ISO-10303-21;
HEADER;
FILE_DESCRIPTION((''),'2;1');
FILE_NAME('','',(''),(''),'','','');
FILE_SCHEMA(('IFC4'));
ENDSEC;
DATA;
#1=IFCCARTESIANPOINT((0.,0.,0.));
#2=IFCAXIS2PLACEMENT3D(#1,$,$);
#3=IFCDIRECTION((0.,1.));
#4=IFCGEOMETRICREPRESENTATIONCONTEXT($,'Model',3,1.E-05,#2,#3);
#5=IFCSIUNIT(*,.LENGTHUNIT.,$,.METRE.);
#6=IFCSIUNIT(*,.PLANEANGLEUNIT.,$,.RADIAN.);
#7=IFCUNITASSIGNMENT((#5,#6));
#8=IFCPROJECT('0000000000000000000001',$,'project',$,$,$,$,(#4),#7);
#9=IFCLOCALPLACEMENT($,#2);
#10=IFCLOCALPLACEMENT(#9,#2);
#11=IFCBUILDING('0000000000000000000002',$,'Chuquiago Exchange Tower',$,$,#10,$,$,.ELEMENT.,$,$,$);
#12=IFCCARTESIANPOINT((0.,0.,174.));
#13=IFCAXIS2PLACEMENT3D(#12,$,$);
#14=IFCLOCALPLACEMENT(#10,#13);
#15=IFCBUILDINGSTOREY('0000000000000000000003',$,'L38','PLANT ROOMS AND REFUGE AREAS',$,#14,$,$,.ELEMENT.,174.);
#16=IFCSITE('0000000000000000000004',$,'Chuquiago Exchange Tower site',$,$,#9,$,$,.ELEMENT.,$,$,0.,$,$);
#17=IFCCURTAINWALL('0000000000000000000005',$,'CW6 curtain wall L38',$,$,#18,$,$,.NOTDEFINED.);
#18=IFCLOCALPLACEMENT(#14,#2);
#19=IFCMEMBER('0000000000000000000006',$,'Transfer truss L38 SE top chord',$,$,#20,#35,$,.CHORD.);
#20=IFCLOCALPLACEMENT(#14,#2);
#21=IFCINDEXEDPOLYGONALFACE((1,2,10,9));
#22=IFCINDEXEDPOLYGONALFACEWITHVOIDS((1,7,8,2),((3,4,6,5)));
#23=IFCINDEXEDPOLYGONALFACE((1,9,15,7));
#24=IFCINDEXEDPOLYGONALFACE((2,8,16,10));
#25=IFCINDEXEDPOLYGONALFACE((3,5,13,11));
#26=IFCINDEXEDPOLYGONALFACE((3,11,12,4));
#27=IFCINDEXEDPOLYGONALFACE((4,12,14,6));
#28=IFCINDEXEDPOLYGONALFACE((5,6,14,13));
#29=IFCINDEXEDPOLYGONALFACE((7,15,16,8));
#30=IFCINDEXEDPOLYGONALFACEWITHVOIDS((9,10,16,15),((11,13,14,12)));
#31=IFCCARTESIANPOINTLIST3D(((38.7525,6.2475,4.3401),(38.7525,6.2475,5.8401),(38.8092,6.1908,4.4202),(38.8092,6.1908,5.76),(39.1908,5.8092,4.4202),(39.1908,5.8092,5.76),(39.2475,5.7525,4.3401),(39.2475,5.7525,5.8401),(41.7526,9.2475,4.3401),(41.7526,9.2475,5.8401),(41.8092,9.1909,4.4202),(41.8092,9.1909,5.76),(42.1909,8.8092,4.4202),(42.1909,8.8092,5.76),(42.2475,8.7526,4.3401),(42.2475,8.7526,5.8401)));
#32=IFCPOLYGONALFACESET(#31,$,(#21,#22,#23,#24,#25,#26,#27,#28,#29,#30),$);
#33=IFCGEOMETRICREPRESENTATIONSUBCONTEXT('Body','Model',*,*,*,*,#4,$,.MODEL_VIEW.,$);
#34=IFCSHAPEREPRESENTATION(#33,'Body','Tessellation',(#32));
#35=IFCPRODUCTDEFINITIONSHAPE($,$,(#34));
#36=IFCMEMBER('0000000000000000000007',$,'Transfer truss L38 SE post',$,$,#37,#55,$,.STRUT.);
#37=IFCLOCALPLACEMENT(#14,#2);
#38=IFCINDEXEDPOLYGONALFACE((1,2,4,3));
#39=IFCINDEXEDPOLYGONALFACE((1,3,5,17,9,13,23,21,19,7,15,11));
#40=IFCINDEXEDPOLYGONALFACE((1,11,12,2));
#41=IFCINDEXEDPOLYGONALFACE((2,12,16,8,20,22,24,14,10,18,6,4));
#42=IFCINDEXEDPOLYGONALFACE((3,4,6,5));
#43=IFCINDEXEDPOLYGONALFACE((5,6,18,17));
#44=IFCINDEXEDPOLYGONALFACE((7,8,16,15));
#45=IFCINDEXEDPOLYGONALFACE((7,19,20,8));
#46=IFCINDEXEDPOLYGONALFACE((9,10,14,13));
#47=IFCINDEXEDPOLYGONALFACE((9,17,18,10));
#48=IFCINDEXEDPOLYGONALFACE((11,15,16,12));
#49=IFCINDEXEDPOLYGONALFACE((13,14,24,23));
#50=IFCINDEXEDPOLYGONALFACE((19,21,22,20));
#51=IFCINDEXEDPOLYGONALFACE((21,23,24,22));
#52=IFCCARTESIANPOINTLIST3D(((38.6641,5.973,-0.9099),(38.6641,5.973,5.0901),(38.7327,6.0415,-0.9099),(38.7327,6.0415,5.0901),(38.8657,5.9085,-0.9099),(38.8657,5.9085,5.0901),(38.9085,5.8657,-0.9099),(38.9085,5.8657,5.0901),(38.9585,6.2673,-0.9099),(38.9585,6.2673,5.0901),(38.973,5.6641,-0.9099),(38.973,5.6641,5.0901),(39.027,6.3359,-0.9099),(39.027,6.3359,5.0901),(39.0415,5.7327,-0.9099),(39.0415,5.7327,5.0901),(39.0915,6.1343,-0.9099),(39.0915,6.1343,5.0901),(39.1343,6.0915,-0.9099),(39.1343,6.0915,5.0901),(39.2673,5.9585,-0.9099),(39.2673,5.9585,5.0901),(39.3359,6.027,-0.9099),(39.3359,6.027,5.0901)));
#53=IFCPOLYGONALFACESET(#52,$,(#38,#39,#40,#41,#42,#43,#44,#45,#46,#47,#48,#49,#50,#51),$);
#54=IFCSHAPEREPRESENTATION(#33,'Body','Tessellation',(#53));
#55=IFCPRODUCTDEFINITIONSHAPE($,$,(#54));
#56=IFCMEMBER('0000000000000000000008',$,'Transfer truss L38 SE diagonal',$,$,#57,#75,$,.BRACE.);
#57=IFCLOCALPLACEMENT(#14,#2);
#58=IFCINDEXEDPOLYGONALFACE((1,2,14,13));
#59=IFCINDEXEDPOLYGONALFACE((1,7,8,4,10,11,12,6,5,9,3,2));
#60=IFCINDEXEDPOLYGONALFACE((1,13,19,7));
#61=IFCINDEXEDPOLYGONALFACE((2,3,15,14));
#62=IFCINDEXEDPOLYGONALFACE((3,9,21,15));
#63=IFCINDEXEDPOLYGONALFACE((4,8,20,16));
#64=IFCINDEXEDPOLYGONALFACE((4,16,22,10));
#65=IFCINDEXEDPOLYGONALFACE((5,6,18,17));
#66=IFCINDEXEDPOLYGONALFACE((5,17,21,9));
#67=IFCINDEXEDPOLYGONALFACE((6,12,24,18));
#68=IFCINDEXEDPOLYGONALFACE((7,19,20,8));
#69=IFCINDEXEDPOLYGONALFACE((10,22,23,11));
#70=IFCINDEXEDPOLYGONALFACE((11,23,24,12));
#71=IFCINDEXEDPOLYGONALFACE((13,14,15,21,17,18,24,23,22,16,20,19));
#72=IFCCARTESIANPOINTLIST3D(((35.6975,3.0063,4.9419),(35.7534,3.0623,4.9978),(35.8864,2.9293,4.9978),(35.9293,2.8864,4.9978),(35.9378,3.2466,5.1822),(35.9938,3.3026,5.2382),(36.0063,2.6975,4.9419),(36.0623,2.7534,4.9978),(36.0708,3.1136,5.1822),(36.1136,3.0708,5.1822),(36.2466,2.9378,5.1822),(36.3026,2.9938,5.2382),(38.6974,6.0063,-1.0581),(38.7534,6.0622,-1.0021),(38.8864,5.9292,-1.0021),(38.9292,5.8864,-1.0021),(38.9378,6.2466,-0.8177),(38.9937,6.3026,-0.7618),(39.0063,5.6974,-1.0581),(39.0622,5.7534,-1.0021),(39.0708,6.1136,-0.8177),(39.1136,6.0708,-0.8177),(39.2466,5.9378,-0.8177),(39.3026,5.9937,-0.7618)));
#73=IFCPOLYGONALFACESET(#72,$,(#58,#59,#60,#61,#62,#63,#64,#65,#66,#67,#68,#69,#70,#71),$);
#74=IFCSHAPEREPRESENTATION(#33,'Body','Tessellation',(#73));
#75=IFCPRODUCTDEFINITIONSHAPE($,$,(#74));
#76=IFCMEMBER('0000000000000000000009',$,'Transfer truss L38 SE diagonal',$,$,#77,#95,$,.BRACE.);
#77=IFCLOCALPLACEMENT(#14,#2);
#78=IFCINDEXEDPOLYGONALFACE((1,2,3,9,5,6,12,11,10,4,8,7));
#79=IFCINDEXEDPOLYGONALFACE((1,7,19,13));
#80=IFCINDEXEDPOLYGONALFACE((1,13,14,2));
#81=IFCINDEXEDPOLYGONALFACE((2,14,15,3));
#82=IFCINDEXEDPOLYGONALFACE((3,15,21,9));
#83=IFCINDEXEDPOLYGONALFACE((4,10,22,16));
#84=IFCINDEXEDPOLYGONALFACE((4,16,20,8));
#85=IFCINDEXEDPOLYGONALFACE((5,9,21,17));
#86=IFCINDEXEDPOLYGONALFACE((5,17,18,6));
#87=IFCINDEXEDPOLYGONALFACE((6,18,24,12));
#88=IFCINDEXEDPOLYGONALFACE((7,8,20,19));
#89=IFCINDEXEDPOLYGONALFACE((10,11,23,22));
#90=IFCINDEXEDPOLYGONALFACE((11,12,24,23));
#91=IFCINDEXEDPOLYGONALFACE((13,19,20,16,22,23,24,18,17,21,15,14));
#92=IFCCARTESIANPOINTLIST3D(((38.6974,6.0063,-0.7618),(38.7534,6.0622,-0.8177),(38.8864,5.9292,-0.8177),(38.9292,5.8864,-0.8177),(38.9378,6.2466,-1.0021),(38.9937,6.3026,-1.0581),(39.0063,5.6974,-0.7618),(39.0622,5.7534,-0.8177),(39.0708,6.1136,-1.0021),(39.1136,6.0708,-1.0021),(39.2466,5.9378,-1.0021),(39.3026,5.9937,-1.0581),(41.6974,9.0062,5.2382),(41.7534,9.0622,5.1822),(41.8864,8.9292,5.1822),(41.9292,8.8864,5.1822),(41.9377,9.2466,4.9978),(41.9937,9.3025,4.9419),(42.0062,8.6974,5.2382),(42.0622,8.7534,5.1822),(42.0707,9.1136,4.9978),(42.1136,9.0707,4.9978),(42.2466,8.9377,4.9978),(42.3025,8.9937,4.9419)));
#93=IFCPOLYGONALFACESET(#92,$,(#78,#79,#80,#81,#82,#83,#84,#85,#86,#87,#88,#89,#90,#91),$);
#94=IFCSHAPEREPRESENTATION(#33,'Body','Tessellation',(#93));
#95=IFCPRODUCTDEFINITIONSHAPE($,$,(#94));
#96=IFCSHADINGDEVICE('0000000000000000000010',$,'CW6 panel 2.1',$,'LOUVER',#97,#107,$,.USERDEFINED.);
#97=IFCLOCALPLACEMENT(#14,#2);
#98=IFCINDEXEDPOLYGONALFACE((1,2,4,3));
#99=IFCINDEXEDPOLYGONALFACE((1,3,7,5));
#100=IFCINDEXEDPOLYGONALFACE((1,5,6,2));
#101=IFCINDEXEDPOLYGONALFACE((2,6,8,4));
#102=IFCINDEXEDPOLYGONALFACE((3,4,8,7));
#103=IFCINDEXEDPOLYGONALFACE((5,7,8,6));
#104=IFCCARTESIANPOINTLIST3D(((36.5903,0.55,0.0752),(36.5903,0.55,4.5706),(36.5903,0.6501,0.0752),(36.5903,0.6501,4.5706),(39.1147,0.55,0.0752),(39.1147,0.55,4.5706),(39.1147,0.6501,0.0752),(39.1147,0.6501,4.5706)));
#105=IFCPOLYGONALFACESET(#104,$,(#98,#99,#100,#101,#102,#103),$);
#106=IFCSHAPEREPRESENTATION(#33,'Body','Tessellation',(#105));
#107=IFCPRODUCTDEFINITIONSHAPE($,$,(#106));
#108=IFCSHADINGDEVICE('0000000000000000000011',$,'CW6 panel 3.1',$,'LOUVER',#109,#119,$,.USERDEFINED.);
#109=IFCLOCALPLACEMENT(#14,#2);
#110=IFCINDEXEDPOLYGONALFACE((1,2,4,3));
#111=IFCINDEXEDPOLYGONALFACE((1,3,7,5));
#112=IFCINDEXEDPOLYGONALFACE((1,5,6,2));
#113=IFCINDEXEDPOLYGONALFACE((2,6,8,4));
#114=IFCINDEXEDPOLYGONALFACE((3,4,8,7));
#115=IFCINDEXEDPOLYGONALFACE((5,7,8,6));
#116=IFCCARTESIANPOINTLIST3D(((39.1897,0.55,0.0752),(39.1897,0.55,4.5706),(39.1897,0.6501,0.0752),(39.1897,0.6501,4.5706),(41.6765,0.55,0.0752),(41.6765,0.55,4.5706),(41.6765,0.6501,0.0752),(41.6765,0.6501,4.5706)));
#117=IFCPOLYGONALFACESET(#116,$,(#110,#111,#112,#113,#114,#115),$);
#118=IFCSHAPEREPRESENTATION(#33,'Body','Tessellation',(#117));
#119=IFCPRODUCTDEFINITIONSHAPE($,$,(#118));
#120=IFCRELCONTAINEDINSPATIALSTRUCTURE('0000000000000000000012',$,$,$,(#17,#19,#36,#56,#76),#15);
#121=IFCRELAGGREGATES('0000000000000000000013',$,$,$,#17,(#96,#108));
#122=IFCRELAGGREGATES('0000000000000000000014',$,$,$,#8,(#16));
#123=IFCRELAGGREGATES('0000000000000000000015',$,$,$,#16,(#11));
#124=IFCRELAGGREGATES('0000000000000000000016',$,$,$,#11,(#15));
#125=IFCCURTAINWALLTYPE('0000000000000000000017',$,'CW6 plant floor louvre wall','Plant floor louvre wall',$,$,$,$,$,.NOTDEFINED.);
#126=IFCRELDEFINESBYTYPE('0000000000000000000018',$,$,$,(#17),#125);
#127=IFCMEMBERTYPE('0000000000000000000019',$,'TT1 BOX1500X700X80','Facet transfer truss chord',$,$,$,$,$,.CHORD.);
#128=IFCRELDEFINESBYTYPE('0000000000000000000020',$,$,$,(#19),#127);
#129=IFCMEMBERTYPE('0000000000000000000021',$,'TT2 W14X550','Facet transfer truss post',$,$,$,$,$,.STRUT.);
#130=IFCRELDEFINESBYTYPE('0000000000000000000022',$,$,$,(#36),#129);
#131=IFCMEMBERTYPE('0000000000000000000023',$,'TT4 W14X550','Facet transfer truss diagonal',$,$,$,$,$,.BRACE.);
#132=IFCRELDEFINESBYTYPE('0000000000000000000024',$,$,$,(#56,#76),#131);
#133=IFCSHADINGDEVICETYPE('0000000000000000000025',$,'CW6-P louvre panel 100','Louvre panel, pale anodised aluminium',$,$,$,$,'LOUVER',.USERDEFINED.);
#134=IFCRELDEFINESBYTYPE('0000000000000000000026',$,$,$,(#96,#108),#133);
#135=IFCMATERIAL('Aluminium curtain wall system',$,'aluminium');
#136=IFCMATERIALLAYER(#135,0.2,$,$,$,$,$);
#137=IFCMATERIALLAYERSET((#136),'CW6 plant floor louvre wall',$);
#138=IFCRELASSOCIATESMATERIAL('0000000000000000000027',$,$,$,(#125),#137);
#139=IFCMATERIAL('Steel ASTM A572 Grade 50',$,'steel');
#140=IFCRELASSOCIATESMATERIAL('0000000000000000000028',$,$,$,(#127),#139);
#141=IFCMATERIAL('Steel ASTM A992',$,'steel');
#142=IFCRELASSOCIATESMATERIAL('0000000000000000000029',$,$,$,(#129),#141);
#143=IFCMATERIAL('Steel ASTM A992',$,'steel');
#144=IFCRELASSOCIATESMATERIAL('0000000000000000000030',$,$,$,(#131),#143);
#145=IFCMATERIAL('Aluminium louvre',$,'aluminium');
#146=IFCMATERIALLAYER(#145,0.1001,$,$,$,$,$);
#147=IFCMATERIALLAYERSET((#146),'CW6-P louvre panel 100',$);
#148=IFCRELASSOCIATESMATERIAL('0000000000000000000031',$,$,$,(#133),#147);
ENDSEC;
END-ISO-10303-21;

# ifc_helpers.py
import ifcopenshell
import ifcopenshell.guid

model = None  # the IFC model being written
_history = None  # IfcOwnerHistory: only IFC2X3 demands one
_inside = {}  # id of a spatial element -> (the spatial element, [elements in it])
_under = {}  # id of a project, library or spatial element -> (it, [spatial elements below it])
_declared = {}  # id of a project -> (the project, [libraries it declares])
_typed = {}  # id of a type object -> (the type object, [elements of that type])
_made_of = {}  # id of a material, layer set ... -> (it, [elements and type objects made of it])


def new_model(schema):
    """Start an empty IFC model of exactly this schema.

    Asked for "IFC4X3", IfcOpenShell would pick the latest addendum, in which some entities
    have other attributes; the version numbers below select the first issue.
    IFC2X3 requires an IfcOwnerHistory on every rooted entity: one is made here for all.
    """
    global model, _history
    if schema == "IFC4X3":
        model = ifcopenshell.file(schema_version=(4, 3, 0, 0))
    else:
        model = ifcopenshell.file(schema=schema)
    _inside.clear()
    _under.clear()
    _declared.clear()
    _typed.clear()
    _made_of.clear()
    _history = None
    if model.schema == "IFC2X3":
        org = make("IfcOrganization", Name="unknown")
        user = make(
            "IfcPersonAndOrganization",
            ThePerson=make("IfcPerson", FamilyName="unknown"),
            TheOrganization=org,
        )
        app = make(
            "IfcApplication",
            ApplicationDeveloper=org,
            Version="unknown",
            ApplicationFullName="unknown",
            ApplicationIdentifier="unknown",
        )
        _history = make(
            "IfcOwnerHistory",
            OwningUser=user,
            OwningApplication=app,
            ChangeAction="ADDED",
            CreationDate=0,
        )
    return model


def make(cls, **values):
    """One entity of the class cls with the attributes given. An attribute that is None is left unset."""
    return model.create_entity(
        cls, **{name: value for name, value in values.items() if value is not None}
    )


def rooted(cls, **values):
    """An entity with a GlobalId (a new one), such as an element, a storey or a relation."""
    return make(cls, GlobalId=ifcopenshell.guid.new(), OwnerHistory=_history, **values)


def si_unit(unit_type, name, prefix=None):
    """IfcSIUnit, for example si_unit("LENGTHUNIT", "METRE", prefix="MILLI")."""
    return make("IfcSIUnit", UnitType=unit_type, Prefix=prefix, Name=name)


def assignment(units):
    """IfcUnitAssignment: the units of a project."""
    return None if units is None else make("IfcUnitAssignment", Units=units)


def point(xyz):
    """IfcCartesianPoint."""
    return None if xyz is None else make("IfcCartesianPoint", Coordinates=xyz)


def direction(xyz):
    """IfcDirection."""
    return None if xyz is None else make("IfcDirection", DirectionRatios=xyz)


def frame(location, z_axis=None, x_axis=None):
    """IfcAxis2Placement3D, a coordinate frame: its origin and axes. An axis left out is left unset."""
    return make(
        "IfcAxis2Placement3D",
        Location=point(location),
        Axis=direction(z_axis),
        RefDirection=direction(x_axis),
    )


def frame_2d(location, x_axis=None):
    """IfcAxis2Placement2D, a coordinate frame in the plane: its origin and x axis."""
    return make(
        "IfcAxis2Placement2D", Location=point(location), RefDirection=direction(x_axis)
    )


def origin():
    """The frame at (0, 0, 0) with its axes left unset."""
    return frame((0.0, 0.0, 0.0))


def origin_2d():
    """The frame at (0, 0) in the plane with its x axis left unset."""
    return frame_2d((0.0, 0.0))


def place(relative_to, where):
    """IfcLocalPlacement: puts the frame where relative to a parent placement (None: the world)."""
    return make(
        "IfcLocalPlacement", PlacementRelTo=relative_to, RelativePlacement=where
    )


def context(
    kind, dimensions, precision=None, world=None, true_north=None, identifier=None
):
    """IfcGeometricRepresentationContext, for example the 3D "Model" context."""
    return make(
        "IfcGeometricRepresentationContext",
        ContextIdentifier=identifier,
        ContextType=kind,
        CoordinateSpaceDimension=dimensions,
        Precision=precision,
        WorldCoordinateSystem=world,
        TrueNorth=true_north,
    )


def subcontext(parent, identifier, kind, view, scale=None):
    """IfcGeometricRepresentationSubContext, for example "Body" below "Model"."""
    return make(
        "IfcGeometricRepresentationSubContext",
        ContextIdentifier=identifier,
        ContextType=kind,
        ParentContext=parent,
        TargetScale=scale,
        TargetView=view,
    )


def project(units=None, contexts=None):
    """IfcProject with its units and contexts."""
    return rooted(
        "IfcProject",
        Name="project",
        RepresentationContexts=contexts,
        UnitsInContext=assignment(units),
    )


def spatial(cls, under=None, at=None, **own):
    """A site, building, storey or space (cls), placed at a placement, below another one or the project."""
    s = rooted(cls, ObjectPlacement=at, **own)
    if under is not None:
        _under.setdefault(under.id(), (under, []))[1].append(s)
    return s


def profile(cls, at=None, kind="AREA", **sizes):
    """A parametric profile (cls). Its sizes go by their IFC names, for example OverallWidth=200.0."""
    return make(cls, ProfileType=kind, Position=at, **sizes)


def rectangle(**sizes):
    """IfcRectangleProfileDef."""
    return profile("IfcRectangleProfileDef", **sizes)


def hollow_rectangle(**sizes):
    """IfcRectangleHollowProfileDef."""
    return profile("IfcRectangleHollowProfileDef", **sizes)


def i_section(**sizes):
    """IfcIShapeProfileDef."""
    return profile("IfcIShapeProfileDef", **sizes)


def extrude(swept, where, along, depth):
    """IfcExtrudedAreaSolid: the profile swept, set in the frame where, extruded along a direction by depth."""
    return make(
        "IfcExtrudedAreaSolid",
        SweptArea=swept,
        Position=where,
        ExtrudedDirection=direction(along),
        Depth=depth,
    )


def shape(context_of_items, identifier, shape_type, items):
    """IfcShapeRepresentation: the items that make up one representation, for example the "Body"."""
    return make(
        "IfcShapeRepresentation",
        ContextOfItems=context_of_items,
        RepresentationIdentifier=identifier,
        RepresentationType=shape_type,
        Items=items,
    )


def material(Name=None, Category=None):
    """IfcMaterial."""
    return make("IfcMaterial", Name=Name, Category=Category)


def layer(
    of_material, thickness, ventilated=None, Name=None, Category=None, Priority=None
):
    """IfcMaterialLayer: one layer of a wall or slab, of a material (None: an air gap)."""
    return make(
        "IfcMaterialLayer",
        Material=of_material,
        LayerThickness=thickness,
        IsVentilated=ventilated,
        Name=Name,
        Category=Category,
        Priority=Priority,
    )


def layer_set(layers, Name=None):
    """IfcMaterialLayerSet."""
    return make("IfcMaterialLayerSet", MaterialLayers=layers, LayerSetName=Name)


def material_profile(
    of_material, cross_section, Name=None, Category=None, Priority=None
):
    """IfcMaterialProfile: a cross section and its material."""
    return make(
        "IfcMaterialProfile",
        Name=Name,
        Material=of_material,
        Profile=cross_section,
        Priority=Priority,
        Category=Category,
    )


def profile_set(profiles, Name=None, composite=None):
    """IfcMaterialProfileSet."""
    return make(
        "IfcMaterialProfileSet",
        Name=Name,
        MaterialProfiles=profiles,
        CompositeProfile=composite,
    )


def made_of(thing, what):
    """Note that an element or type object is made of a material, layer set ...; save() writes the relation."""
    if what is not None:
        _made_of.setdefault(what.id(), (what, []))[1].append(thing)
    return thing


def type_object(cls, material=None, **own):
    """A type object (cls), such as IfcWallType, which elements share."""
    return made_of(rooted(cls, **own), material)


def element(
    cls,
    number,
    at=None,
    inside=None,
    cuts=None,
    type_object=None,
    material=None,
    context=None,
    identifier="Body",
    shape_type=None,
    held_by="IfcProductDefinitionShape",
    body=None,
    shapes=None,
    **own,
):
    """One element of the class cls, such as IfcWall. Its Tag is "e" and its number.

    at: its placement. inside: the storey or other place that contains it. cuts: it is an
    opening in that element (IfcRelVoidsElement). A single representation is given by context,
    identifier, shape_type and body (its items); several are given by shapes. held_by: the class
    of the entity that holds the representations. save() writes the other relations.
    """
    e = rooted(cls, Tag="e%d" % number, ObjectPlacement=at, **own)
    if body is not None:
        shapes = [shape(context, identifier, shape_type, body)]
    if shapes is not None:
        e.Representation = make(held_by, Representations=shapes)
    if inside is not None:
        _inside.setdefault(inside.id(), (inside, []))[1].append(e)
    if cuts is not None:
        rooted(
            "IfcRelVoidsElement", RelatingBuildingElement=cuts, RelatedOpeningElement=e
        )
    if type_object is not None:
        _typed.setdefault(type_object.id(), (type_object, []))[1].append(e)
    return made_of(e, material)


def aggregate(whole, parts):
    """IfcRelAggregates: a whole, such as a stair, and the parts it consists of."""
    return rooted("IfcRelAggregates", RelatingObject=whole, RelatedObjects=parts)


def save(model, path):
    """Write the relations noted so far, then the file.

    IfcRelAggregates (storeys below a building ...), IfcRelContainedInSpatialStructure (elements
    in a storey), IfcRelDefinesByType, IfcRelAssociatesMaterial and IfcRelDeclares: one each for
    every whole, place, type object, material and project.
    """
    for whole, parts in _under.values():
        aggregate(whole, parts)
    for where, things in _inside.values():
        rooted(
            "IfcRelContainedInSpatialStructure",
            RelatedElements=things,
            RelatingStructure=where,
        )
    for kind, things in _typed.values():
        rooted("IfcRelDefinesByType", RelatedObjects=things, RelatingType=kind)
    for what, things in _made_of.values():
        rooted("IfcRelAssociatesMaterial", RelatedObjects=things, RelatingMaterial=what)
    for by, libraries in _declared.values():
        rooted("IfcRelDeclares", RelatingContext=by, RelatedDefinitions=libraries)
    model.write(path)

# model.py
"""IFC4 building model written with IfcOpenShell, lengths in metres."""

from ifc_helpers import new_model, si_unit, direction, frame, origin, origin_2d, place, context, subcontext, project, spatial, rectangle, hollow_rectangle, i_section, extrude, material, layer, layer_set, material_profile, profile_set, type_object, element, aggregate, save


model = new_model("IFC4")

# Units and contexts
model_context = context("Model", 3, precision=1e-05, world=origin(), true_north=direction((0.0, 1.0)))
body_context = subcontext(model_context, "Body", "Model", "MODEL_VIEW")
ifc_project = project(units=[si_unit("LENGTHUNIT", "METRE"), si_unit("PLANEANGLEUNIT", "RADIAN")], contexts=[model_context])

# Site, building, storey
site_placement = place(None, origin())
site = spatial("IfcSite", under=ifc_project, at=site_placement, Name="Chuquiago Exchange Tower site", CompositionType="ELEMENT", RefElevation=0.0)
building_placement = place(site_placement, origin())
building = spatial("IfcBuilding", under=site, at=building_placement, Name="Chuquiago Exchange Tower", CompositionType="ELEMENT")
storey_placement = place(building_placement, frame((0.0, 0.0, 174.0)))
storey = spatial("IfcBuildingStorey", under=building, at=storey_placement, Name="L38", Description="PLANT ROOMS AND REFUGE AREAS", CompositionType="ELEMENT", Elevation=174.0)

# Curtain wall
ifc_material_1 = material(Name="Aluminium curtain wall system", Category="aluminium")
ifc_layer_1 = layer(ifc_material_1, 0.2)
ifc_layer_set_1 = layer_set([ifc_layer_1], Name="CW6 plant floor louvre wall")
curtain_wall_type = type_object("IfcCurtainWallType", Name="CW6 plant floor louvre wall", Description="Plant floor louvre wall", PredefinedType="NOTDEFINED", material=ifc_layer_set_1)
curtain_wall_1_placement = place(storey_placement, origin())
curtain_wall_1 = element("IfcCurtainWall", 1, at=curtain_wall_1_placement, inside=storey, type_object=curtain_wall_type, Name="CW6 curtain wall L38", PredefinedType="NOTDEFINED")

# Members
ifc_material_2 = material(Name="Steel ASTM A572 Grade 50", Category="steel")
ifc_material_profile_1 = material_profile(ifc_material_2, hollow_rectangle(XDim=0.7, YDim=1.5, WallThickness=0.0801, at=origin_2d()), Name="BOX1500X700X80")
ifc_profile_set_1 = profile_set([ifc_material_profile_1], Name="Steel ASTM A572 Grade 50")
member_type_1 = type_object("IfcMemberType", Name="TT1 BOX1500X700X80", Description="Facet transfer truss chord", PredefinedType="CHORD", material=ifc_profile_set_1)
member_1_placement = place(storey_placement, frame((39.0, 6.0, 5.0901), z_axis=(0.707107, 0.707107, 0.0), x_axis=(-0.707107, 0.707107, 0.0)))
element("IfcMember", 2, at=member_1_placement, inside=storey, type_object=member_type_1, Name="Transfer truss L38 SE top chord", PredefinedType="CHORD", context=body_context, shape_type="SweptSolid", body=[
    extrude(hollow_rectangle(XDim=0.7, YDim=1.5, WallThickness=0.0801, at=origin_2d()), origin(), (0.0, 0.0, 1.0), 4.2427),
])
ifc_material_3 = material(Name="Steel ASTM A992", Category="steel")
ifc_material_profile_2 = material_profile(ifc_material_3, i_section(OverallWidth=0.4368, OverallDepth=0.5132, WebThickness=0.0605, FlangeThickness=0.0969, at=origin_2d()), Name="W14X550")
ifc_profile_set_2 = profile_set([ifc_material_profile_2], Name="Steel ASTM A992")
member_type_2 = type_object("IfcMemberType", Name="TT2 W14X550", Description="Facet transfer truss post", PredefinedType="STRUT", material=ifc_profile_set_2)
member_2_placement = place(storey_placement, frame((39.0, 6.0, -0.9099), z_axis=(0.0, 0.0, 1.0), x_axis=(0.707107, -0.707107, 0.0)))
element("IfcMember", 3, at=member_2_placement, inside=storey, type_object=member_type_2, Name="Transfer truss L38 SE post", PredefinedType="STRUT", context=body_context, shape_type="SweptSolid", body=[
    extrude(i_section(OverallWidth=0.4368, OverallDepth=0.5132, WebThickness=0.0605, FlangeThickness=0.0969, at=origin_2d()), origin(), (0.0, 0.0, 1.0), 6.0),
])
ifc_material_4 = material(Name="Steel ASTM A992", Category="steel")
ifc_material_profile_3 = material_profile(ifc_material_4, i_section(OverallWidth=0.4368, OverallDepth=0.5132, WebThickness=0.0605, FlangeThickness=0.0969, at=origin_2d()), Name="W14X550")
ifc_profile_set_3 = profile_set([ifc_material_profile_3], Name="Steel ASTM A992")
member_type_3 = type_object("IfcMemberType", Name="TT4 W14X550", Description="Facet transfer truss diagonal", PredefinedType="BRACE", material=ifc_profile_set_3)
for number, where, z_axis, x_axis, name in (
    (4, (39.0, 6.0, -0.9099), (-0.408248, -0.408248, 0.816497), (0.707107, -0.707107, 0.0), "Transfer truss L38 SE diagonal"),
    (5, (39.0, 6.0, -0.9099), (0.408248, 0.408248, 0.816497), (-0.707107, 0.707107, 0.0), "Transfer truss L38 SE diagonal"),
):
    element("IfcMember", number, at=place(storey_placement, frame(where, z_axis=z_axis, x_axis=x_axis)), inside=storey, type_object=member_type_3, Name=name, PredefinedType="BRACE", context=body_context, shape_type="SweptSolid", body=[
        extrude(i_section(OverallWidth=0.4368, OverallDepth=0.5132, WebThickness=0.0605, FlangeThickness=0.0969, at=origin_2d()), origin(), (0.0, 0.0, 1.0), 7.3484),
    ])

# Shading devices
ifc_material_5 = material(Name="Aluminium louvre", Category="aluminium")
ifc_layer_2 = layer(ifc_material_5, 0.1001)
ifc_layer_set_2 = layer_set([ifc_layer_2], Name="CW6-P louvre panel 100")
shading_device_type = type_object("IfcShadingDeviceType", Name="CW6-P louvre panel 100", Description="Louvre panel, pale anodised aluminium", ElementType="LOUVER", PredefinedType="USERDEFINED", material=ifc_layer_set_2)
shading_device_1_placement = place(storey_placement, frame((37.8525, 0.6001, 0.0752), z_axis=(0.0, 0.0, 1.0), x_axis=(1.0, 0.0, 0.0)))
shading_device_1 = element("IfcShadingDevice", 6, at=shading_device_1_placement, type_object=shading_device_type, Name="CW6 panel 2.1", ObjectType="LOUVER", PredefinedType="USERDEFINED", context=body_context, shape_type="SweptSolid", body=[
    extrude(rectangle(XDim=2.5244, YDim=0.1001, at=origin_2d()), origin(), (0.0, 0.0, 1.0), 4.4954),
])
shading_device_2_placement = place(storey_placement, frame((40.4331, 0.6001, 0.0752), z_axis=(0.0, 0.0, 1.0), x_axis=(1.0, 0.0, 0.0)))
shading_device_2 = element("IfcShadingDevice", 7, at=shading_device_2_placement, type_object=shading_device_type, Name="CW6 panel 3.1", ObjectType="LOUVER", PredefinedType="USERDEFINED", context=body_context, shape_type="SweptSolid", body=[
    extrude(rectangle(XDim=2.4868, YDim=0.1001, at=origin_2d()), origin(), (0.0, 0.0, 1.0), 4.4954),
])
aggregate(curtain_wall_1, [shading_device_1, shading_device_2])

save(model, "model.ifc")
